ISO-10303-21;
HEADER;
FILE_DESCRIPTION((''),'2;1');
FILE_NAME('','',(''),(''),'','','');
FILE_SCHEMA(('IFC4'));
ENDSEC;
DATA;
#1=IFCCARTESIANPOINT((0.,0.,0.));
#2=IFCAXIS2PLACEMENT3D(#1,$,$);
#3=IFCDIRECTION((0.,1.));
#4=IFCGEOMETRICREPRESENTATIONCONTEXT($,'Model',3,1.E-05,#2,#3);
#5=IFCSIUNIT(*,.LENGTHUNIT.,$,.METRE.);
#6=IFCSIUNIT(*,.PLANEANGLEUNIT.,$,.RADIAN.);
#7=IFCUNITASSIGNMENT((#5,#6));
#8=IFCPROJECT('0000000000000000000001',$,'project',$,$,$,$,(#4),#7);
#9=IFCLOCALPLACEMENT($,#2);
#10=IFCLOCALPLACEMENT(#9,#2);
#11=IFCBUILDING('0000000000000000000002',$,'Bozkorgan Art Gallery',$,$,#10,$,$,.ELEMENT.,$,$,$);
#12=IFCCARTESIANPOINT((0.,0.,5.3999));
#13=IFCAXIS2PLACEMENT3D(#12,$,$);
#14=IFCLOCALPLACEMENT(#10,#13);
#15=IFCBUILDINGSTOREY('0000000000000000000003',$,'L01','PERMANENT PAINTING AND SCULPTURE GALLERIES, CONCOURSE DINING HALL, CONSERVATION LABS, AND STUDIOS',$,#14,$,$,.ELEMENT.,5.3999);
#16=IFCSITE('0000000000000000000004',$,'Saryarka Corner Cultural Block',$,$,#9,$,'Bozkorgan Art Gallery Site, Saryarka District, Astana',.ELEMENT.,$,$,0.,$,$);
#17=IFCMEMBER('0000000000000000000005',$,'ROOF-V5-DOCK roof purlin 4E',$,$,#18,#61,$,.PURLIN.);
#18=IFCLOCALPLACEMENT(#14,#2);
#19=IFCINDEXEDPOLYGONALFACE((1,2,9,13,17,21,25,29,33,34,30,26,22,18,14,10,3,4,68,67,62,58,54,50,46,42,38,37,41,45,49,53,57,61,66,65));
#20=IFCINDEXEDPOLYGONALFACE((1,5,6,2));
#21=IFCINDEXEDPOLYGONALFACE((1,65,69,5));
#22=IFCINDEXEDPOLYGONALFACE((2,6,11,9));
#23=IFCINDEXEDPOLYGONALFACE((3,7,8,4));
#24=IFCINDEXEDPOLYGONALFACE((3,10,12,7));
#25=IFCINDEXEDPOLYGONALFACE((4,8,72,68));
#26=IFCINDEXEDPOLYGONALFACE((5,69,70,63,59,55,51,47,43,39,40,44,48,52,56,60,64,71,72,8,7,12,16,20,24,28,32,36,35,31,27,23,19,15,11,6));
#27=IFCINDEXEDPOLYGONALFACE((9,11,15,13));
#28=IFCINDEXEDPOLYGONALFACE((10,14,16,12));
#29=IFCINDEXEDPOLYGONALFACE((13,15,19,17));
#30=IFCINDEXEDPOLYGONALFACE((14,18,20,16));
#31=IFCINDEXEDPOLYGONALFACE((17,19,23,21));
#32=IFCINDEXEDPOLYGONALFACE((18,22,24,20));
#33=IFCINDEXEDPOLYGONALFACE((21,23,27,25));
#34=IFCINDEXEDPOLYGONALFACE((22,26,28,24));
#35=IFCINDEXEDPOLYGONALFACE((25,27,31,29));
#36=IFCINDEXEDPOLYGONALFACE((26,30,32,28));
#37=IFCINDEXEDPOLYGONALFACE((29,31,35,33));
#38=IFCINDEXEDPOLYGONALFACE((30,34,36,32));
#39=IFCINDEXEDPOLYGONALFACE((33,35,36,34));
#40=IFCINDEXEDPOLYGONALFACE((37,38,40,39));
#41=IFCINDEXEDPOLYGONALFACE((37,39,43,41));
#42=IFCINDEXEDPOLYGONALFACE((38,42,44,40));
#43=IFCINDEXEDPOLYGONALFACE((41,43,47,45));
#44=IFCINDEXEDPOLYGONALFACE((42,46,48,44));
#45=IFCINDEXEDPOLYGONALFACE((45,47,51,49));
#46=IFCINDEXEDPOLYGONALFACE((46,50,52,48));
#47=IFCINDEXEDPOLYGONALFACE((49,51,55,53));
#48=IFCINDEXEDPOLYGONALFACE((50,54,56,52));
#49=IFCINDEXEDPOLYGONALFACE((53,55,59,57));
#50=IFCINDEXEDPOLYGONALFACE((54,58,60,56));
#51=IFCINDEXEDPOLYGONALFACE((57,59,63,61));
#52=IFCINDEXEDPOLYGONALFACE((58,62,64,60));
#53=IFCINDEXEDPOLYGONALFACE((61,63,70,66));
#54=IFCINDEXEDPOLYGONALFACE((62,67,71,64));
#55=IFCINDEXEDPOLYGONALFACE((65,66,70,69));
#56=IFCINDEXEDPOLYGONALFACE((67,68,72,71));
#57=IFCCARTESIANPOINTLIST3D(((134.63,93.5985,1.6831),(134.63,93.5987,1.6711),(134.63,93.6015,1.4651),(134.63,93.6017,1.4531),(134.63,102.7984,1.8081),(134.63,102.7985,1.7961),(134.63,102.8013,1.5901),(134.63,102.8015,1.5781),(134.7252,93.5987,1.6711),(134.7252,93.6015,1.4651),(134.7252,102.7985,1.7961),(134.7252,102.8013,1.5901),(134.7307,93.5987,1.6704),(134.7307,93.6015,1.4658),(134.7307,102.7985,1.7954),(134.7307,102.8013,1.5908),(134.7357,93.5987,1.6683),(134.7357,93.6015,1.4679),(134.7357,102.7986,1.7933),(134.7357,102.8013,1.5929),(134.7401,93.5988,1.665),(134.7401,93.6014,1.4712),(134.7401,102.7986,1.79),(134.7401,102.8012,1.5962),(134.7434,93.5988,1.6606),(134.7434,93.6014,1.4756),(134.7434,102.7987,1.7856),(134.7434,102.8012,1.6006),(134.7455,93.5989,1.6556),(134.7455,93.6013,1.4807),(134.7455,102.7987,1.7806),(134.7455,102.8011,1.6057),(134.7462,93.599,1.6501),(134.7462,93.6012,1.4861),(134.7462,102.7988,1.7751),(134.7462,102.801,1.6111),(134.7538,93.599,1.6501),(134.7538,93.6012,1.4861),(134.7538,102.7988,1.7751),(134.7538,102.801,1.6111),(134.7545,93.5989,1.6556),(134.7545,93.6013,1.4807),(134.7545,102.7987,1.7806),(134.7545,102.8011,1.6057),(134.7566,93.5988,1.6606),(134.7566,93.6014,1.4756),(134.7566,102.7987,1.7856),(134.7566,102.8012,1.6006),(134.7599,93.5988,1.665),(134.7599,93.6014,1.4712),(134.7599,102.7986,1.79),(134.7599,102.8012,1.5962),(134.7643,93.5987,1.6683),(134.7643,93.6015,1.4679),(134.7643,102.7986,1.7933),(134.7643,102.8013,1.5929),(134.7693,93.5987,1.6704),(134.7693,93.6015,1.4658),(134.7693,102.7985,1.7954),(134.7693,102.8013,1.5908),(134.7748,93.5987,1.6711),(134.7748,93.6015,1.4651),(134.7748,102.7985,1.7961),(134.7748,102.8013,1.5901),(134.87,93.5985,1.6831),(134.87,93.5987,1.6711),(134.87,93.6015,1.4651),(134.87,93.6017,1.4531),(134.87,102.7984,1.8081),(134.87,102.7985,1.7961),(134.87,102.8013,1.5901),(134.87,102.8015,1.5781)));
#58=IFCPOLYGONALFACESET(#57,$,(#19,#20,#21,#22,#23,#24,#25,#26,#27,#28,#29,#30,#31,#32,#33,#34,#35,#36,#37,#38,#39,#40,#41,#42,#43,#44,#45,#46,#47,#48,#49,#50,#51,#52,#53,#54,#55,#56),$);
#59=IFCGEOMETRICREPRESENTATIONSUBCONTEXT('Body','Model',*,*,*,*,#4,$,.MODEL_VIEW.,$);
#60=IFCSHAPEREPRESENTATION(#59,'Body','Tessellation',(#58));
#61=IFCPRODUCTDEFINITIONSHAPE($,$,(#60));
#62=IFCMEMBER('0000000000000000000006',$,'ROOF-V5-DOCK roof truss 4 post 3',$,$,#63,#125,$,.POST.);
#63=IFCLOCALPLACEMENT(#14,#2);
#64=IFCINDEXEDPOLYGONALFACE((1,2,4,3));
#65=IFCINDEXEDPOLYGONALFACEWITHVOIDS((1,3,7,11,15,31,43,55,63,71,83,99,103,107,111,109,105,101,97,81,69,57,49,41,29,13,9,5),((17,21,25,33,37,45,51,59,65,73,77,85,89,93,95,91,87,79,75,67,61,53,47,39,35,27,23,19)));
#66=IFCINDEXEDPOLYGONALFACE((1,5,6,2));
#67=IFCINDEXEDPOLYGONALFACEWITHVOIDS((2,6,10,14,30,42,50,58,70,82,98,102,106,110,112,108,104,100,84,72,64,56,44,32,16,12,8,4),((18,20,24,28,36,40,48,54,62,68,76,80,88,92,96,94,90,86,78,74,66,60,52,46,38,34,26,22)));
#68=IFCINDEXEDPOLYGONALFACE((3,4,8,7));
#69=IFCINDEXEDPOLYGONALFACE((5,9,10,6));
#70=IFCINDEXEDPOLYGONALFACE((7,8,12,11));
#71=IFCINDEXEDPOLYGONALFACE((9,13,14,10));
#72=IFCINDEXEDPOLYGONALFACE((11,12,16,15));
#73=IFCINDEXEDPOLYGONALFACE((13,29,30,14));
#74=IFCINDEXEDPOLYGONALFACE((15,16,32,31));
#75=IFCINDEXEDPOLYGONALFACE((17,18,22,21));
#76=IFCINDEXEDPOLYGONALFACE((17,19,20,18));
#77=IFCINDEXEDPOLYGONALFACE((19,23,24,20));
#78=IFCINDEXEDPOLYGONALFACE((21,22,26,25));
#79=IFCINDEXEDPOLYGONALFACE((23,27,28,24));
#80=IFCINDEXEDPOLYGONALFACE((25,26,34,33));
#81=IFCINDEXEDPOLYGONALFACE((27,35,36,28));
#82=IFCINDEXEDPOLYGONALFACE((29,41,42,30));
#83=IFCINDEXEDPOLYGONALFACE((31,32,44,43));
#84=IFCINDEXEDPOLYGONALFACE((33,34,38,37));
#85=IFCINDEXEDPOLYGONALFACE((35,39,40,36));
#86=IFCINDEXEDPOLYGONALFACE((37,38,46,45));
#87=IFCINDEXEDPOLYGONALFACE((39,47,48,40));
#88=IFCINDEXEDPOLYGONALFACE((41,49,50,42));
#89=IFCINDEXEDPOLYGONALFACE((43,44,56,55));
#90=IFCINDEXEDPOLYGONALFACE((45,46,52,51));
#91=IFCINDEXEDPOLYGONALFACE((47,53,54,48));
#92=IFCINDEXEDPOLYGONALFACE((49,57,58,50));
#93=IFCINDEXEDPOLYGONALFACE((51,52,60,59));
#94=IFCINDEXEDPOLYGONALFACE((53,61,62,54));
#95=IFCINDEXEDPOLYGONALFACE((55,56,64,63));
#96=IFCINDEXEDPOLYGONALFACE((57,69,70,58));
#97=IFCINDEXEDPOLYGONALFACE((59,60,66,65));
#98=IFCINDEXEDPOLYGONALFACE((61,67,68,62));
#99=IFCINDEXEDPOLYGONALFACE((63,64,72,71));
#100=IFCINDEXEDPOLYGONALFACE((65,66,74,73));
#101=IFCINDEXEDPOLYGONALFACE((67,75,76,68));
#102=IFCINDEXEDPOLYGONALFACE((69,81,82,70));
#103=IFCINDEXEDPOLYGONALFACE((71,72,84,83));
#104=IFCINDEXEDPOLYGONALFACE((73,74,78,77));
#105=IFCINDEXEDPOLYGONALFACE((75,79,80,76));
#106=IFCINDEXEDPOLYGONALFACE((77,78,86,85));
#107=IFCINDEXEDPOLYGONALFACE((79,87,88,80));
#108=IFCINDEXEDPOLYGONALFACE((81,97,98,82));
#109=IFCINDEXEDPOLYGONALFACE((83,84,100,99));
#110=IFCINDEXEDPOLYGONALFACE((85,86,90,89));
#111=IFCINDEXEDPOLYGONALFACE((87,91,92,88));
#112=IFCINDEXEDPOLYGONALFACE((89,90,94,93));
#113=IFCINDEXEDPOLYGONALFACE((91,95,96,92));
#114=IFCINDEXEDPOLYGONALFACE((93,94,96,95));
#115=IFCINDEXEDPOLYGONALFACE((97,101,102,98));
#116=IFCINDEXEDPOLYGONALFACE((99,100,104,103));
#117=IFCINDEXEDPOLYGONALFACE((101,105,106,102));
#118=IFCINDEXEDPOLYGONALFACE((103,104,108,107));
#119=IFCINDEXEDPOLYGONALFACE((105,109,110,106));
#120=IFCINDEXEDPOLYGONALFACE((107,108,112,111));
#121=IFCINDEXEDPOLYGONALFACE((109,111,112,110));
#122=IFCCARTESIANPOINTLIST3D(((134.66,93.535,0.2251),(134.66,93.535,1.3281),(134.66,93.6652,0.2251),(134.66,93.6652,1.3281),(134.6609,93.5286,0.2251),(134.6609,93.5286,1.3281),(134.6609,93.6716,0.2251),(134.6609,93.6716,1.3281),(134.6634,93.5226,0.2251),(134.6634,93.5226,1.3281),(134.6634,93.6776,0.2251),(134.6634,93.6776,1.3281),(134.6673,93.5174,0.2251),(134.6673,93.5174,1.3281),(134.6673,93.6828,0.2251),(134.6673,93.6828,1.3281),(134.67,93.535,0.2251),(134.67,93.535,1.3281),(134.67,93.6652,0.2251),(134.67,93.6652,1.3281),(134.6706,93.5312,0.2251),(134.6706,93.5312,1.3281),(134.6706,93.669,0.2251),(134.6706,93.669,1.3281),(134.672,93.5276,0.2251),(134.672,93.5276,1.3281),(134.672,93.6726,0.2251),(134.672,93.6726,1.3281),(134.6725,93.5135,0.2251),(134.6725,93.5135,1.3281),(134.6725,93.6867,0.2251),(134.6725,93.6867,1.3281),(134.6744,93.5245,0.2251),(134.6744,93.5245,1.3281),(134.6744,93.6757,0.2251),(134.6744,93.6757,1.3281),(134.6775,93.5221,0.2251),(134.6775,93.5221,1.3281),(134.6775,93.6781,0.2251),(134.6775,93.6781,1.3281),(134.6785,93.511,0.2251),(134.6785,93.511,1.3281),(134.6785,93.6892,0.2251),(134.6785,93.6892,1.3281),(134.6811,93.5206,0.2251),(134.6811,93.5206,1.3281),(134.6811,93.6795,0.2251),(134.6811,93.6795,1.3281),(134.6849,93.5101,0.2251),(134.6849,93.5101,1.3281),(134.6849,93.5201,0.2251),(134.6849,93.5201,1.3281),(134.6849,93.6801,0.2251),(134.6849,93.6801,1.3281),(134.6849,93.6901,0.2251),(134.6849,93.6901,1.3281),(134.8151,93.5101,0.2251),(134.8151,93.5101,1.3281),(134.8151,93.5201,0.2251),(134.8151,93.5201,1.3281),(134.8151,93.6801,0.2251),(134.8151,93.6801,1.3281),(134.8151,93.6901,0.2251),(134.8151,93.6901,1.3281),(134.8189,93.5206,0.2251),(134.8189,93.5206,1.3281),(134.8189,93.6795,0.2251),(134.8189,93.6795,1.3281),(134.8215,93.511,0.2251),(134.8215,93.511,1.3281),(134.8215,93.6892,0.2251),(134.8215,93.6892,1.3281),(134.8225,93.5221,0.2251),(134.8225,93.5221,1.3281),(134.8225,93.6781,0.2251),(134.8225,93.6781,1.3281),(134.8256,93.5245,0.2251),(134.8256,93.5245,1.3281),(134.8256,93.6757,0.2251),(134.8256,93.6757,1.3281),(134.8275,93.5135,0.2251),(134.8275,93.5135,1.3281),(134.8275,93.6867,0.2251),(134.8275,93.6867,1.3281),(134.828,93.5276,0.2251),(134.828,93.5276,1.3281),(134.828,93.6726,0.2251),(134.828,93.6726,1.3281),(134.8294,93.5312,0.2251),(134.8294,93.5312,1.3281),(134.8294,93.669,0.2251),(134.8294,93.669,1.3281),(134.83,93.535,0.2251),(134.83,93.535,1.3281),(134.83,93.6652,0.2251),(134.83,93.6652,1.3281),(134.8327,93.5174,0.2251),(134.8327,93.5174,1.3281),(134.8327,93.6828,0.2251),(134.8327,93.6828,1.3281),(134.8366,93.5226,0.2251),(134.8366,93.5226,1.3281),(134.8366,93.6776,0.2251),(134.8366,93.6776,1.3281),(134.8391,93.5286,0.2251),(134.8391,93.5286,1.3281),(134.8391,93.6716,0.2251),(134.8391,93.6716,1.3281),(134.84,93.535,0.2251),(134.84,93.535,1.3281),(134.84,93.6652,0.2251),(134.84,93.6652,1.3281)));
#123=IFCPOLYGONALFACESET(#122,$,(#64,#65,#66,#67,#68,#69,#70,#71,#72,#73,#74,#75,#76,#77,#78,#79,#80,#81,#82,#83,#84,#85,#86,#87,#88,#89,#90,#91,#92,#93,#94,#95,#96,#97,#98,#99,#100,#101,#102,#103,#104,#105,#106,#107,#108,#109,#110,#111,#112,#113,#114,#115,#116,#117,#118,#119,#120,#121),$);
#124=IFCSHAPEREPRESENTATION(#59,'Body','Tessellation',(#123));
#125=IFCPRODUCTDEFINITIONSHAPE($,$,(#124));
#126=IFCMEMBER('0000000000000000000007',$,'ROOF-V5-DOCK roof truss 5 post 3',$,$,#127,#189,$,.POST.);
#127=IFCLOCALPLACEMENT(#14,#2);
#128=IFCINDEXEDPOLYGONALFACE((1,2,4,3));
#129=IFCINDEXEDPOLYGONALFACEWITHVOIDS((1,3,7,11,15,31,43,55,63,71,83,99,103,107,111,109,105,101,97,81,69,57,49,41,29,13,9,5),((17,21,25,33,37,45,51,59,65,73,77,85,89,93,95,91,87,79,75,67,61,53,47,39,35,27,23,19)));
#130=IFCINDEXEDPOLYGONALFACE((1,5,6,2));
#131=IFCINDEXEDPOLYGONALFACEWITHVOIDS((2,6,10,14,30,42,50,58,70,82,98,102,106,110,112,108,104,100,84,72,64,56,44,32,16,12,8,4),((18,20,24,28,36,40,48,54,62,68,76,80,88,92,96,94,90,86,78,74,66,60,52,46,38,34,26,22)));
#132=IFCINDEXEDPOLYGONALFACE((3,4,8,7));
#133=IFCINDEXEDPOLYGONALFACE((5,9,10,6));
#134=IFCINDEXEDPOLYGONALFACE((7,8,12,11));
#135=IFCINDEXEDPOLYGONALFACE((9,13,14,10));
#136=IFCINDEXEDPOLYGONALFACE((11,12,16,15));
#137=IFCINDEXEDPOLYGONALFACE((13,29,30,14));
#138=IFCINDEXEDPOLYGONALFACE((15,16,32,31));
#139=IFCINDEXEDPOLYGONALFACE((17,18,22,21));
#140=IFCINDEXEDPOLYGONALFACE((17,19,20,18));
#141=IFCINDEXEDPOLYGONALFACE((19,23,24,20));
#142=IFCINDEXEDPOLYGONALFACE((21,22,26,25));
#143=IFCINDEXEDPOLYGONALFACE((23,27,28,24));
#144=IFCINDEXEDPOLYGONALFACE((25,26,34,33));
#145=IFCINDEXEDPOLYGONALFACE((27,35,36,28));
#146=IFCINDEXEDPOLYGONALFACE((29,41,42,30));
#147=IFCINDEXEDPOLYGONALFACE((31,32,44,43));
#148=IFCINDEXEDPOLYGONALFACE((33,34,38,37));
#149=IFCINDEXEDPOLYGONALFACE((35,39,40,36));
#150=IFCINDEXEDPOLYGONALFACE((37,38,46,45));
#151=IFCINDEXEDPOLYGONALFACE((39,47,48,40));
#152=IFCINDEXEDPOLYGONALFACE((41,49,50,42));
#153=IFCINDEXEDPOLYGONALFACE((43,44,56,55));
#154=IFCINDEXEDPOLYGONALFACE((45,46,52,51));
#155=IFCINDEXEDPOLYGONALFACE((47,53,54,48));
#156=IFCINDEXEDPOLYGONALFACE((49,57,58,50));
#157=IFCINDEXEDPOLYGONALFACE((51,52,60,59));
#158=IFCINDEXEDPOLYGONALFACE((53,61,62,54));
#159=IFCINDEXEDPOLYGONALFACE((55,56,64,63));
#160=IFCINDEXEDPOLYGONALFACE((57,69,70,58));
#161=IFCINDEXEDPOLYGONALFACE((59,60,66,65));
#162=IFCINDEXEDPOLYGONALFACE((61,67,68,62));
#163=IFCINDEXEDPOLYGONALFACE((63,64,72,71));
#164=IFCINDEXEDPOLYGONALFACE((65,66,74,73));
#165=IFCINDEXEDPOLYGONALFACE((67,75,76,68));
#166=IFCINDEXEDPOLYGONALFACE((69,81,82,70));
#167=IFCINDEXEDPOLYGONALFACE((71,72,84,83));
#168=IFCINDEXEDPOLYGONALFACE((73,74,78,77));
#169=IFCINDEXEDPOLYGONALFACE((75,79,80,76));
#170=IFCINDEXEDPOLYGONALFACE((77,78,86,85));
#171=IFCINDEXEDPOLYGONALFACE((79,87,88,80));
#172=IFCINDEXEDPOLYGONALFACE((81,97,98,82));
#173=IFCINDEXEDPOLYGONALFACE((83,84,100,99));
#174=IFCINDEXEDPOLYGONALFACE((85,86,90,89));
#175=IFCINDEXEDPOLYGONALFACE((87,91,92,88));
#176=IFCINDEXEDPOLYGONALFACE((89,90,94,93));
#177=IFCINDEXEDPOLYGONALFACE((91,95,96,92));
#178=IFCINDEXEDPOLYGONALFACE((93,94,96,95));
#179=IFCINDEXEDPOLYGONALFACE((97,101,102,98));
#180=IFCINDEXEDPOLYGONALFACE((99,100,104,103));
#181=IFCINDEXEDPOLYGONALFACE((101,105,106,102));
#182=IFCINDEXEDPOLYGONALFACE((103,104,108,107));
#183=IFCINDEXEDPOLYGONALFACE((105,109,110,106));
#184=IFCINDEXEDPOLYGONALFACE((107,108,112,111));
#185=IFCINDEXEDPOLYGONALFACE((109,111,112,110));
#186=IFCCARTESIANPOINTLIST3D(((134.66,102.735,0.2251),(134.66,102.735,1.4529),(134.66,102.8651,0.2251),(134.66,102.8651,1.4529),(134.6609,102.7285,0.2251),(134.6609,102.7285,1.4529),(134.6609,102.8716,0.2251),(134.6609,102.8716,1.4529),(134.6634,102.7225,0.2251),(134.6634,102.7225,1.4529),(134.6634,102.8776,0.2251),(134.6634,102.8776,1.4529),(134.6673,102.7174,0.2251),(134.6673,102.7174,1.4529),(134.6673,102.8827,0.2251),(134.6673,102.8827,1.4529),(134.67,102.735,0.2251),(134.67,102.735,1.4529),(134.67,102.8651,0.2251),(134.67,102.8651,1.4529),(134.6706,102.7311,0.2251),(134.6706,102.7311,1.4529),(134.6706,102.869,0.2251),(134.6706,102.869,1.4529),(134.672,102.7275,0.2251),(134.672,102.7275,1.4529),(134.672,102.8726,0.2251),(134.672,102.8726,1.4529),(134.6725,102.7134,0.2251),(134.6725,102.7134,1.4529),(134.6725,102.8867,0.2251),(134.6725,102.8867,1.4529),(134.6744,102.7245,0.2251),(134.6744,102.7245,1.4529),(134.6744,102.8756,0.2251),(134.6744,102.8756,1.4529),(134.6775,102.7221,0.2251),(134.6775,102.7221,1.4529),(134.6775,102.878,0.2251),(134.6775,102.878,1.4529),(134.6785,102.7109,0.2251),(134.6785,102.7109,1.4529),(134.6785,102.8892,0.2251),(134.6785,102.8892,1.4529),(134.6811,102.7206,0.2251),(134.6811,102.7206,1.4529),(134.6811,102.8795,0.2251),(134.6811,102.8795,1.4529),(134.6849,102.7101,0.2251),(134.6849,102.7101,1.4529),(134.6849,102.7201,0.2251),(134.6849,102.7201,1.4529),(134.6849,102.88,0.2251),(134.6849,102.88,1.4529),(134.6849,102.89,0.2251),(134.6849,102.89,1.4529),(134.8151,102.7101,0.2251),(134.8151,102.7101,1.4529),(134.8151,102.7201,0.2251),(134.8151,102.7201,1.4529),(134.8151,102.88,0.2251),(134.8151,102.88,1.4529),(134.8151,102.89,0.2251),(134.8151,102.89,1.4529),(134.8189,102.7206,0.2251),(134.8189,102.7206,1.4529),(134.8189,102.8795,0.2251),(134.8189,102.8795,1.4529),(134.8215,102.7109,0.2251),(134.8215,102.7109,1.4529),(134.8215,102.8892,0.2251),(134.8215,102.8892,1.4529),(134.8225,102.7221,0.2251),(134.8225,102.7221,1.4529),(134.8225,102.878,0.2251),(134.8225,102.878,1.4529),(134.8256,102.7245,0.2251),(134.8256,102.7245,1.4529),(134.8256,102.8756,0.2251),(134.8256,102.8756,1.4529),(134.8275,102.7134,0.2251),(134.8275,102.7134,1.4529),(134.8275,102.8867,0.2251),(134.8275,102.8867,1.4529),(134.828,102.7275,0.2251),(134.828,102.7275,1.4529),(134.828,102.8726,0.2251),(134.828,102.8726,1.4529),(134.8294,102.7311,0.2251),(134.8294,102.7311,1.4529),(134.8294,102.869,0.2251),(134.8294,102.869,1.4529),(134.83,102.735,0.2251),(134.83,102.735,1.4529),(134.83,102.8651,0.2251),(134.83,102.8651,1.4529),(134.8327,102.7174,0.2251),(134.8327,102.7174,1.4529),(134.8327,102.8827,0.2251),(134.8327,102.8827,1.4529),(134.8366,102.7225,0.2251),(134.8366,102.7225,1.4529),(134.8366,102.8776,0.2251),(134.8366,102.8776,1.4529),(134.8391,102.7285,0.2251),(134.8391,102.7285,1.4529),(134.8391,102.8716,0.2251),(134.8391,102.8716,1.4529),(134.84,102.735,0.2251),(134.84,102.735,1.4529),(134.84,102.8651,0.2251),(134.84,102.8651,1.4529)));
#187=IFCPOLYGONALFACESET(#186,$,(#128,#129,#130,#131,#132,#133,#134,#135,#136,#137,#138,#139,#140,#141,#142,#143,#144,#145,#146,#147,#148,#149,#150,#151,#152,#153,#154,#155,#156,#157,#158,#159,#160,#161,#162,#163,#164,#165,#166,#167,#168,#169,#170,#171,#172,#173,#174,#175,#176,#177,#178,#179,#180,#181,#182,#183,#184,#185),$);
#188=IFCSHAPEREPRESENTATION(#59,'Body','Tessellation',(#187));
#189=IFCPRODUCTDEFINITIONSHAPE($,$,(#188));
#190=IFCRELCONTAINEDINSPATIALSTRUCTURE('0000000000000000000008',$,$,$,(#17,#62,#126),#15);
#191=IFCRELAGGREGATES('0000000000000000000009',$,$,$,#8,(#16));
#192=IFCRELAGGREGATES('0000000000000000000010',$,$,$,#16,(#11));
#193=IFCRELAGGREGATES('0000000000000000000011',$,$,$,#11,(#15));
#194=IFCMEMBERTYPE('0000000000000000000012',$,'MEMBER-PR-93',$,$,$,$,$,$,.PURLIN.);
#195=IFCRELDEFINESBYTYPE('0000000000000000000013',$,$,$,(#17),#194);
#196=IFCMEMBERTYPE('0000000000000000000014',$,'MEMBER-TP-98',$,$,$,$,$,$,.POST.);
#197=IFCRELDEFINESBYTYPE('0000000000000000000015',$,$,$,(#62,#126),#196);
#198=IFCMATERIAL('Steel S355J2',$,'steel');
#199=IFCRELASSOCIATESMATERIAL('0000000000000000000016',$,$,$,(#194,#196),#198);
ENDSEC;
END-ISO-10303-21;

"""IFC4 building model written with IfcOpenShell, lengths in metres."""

from ifc_helpers import new_model, si_unit, direction, frame, origin, origin_2d, place, context, subcontext, project, spatial, hollow_rectangle, i_section, extrude, material, material_profile, profile_set, type_object, element, save


model = new_model("IFC4")

# Units and contexts
model_context = context("Model", 3, precision=1e-05, world=origin(), true_north=direction((0.0, 1.0)))
body_context = subcontext(model_context, "Body", "Model", "MODEL_VIEW")
ifc_project = project(units=[si_unit("LENGTHUNIT", "METRE"), si_unit("PLANEANGLEUNIT", "RADIAN")], contexts=[model_context])

# Site, building, storey
site_placement = place(None, origin())
site = spatial("IfcSite", under=ifc_project, at=site_placement, Name="Saryarka Corner Cultural Block", LongName="Bozkorgan Art Gallery Site, Saryarka District, Astana", CompositionType="ELEMENT", RefElevation=0.0)
building_placement = place(site_placement, origin())
building = spatial("IfcBuilding", under=site, at=building_placement, Name="Bozkorgan Art Gallery", CompositionType="ELEMENT")
storey_placement = place(building_placement, frame((0.0, 0.0, 5.3999)))
storey = spatial("IfcBuildingStorey", under=building, at=storey_placement, Name="L01", Description="PERMANENT PAINTING AND SCULPTURE GALLERIES, CONCOURSE DINING HALL, CONSERVATION LABS, AND STUDIOS", CompositionType="ELEMENT", Elevation=5.3999)

# Shared definitions
ifc_material_1 = material(Name="Steel S355J2", Category="steel")

# Members
ifc_material_profile_1 = material_profile(ifc_material_1, i_section(OverallWidth=0.24, OverallDepth=0.23, WebThickness=0.0076, FlangeThickness=0.012, FilletRadius=0.021, at=origin_2d()), Name="HEA 240")
ifc_profile_set_1 = profile_set([ifc_material_profile_1], Name="Steel S355J2")
member_type_1 = type_object("IfcMemberType", Name="MEMBER-PR-93", PredefinedType="PURLIN", material=ifc_profile_set_1)
member_1_placement = place(storey_placement, frame((134.75, 93.6001, 1.5681), z_axis=(0.0, 0.999908, 0.013586), x_axis=(-1.0, 0.0, 0.0)))
element("IfcMember", 1, at=member_1_placement, inside=storey, type_object=member_type_1, Name="ROOF-V5-DOCK roof purlin 4E", PredefinedType="PURLIN", context=body_context, shape_type="SweptSolid", body=[
    extrude(i_section(OverallWidth=0.24, OverallDepth=0.23, WebThickness=0.0076, FlangeThickness=0.012, FilletRadius=0.021, at=origin_2d()), origin(), (0.0, 0.0, 1.0), 9.2007),
])
ifc_material_profile_2 = material_profile(ifc_material_1, hollow_rectangle(XDim=0.1799, YDim=0.1799, WallThickness=0.01, InnerFilletRadius=0.0149, OuterFilletRadius=0.0249, at=origin_2d()), Name="SHS 180x180x10")
ifc_profile_set_2 = profile_set([ifc_material_profile_2], Name="Steel S355J2")
member_type_2 = type_object("IfcMemberType", Name="MEMBER-TP-98", PredefinedType="POST", material=ifc_profile_set_2)
member_2_placement = place(storey_placement, frame((134.75, 93.6001, 0.2251), z_axis=(0.0, 0.0, 1.0), x_axis=(1.0, 0.0, 0.0)))
element("IfcMember", 2, at=member_2_placement, inside=storey, type_object=member_type_2, Name="ROOF-V5-DOCK roof truss 4 post 3", PredefinedType="POST", context=body_context, shape_type="SweptSolid", body=[
    extrude(hollow_rectangle(XDim=0.1799, YDim=0.1799, WallThickness=0.01, InnerFilletRadius=0.0149, OuterFilletRadius=0.0249, at=origin_2d()), origin(), (0.0, 0.0, 1.0), 1.103),
])
member_3_placement = place(storey_placement, frame((134.75, 102.8, 0.2251), z_axis=(0.0, 0.0, 1.0), x_axis=(1.0, 0.0, 0.0)))
element("IfcMember", 3, at=member_3_placement, inside=storey, type_object=member_type_2, Name="ROOF-V5-DOCK roof truss 5 post 3", PredefinedType="POST", context=body_context, shape_type="SweptSolid", body=[
    extrude(hollow_rectangle(XDim=0.1799, YDim=0.1799, WallThickness=0.01, InnerFilletRadius=0.0149, OuterFilletRadius=0.0249, at=origin_2d()), origin(), (0.0, 0.0, 1.0), 1.2278),
])

save(model, "model.ifc")
